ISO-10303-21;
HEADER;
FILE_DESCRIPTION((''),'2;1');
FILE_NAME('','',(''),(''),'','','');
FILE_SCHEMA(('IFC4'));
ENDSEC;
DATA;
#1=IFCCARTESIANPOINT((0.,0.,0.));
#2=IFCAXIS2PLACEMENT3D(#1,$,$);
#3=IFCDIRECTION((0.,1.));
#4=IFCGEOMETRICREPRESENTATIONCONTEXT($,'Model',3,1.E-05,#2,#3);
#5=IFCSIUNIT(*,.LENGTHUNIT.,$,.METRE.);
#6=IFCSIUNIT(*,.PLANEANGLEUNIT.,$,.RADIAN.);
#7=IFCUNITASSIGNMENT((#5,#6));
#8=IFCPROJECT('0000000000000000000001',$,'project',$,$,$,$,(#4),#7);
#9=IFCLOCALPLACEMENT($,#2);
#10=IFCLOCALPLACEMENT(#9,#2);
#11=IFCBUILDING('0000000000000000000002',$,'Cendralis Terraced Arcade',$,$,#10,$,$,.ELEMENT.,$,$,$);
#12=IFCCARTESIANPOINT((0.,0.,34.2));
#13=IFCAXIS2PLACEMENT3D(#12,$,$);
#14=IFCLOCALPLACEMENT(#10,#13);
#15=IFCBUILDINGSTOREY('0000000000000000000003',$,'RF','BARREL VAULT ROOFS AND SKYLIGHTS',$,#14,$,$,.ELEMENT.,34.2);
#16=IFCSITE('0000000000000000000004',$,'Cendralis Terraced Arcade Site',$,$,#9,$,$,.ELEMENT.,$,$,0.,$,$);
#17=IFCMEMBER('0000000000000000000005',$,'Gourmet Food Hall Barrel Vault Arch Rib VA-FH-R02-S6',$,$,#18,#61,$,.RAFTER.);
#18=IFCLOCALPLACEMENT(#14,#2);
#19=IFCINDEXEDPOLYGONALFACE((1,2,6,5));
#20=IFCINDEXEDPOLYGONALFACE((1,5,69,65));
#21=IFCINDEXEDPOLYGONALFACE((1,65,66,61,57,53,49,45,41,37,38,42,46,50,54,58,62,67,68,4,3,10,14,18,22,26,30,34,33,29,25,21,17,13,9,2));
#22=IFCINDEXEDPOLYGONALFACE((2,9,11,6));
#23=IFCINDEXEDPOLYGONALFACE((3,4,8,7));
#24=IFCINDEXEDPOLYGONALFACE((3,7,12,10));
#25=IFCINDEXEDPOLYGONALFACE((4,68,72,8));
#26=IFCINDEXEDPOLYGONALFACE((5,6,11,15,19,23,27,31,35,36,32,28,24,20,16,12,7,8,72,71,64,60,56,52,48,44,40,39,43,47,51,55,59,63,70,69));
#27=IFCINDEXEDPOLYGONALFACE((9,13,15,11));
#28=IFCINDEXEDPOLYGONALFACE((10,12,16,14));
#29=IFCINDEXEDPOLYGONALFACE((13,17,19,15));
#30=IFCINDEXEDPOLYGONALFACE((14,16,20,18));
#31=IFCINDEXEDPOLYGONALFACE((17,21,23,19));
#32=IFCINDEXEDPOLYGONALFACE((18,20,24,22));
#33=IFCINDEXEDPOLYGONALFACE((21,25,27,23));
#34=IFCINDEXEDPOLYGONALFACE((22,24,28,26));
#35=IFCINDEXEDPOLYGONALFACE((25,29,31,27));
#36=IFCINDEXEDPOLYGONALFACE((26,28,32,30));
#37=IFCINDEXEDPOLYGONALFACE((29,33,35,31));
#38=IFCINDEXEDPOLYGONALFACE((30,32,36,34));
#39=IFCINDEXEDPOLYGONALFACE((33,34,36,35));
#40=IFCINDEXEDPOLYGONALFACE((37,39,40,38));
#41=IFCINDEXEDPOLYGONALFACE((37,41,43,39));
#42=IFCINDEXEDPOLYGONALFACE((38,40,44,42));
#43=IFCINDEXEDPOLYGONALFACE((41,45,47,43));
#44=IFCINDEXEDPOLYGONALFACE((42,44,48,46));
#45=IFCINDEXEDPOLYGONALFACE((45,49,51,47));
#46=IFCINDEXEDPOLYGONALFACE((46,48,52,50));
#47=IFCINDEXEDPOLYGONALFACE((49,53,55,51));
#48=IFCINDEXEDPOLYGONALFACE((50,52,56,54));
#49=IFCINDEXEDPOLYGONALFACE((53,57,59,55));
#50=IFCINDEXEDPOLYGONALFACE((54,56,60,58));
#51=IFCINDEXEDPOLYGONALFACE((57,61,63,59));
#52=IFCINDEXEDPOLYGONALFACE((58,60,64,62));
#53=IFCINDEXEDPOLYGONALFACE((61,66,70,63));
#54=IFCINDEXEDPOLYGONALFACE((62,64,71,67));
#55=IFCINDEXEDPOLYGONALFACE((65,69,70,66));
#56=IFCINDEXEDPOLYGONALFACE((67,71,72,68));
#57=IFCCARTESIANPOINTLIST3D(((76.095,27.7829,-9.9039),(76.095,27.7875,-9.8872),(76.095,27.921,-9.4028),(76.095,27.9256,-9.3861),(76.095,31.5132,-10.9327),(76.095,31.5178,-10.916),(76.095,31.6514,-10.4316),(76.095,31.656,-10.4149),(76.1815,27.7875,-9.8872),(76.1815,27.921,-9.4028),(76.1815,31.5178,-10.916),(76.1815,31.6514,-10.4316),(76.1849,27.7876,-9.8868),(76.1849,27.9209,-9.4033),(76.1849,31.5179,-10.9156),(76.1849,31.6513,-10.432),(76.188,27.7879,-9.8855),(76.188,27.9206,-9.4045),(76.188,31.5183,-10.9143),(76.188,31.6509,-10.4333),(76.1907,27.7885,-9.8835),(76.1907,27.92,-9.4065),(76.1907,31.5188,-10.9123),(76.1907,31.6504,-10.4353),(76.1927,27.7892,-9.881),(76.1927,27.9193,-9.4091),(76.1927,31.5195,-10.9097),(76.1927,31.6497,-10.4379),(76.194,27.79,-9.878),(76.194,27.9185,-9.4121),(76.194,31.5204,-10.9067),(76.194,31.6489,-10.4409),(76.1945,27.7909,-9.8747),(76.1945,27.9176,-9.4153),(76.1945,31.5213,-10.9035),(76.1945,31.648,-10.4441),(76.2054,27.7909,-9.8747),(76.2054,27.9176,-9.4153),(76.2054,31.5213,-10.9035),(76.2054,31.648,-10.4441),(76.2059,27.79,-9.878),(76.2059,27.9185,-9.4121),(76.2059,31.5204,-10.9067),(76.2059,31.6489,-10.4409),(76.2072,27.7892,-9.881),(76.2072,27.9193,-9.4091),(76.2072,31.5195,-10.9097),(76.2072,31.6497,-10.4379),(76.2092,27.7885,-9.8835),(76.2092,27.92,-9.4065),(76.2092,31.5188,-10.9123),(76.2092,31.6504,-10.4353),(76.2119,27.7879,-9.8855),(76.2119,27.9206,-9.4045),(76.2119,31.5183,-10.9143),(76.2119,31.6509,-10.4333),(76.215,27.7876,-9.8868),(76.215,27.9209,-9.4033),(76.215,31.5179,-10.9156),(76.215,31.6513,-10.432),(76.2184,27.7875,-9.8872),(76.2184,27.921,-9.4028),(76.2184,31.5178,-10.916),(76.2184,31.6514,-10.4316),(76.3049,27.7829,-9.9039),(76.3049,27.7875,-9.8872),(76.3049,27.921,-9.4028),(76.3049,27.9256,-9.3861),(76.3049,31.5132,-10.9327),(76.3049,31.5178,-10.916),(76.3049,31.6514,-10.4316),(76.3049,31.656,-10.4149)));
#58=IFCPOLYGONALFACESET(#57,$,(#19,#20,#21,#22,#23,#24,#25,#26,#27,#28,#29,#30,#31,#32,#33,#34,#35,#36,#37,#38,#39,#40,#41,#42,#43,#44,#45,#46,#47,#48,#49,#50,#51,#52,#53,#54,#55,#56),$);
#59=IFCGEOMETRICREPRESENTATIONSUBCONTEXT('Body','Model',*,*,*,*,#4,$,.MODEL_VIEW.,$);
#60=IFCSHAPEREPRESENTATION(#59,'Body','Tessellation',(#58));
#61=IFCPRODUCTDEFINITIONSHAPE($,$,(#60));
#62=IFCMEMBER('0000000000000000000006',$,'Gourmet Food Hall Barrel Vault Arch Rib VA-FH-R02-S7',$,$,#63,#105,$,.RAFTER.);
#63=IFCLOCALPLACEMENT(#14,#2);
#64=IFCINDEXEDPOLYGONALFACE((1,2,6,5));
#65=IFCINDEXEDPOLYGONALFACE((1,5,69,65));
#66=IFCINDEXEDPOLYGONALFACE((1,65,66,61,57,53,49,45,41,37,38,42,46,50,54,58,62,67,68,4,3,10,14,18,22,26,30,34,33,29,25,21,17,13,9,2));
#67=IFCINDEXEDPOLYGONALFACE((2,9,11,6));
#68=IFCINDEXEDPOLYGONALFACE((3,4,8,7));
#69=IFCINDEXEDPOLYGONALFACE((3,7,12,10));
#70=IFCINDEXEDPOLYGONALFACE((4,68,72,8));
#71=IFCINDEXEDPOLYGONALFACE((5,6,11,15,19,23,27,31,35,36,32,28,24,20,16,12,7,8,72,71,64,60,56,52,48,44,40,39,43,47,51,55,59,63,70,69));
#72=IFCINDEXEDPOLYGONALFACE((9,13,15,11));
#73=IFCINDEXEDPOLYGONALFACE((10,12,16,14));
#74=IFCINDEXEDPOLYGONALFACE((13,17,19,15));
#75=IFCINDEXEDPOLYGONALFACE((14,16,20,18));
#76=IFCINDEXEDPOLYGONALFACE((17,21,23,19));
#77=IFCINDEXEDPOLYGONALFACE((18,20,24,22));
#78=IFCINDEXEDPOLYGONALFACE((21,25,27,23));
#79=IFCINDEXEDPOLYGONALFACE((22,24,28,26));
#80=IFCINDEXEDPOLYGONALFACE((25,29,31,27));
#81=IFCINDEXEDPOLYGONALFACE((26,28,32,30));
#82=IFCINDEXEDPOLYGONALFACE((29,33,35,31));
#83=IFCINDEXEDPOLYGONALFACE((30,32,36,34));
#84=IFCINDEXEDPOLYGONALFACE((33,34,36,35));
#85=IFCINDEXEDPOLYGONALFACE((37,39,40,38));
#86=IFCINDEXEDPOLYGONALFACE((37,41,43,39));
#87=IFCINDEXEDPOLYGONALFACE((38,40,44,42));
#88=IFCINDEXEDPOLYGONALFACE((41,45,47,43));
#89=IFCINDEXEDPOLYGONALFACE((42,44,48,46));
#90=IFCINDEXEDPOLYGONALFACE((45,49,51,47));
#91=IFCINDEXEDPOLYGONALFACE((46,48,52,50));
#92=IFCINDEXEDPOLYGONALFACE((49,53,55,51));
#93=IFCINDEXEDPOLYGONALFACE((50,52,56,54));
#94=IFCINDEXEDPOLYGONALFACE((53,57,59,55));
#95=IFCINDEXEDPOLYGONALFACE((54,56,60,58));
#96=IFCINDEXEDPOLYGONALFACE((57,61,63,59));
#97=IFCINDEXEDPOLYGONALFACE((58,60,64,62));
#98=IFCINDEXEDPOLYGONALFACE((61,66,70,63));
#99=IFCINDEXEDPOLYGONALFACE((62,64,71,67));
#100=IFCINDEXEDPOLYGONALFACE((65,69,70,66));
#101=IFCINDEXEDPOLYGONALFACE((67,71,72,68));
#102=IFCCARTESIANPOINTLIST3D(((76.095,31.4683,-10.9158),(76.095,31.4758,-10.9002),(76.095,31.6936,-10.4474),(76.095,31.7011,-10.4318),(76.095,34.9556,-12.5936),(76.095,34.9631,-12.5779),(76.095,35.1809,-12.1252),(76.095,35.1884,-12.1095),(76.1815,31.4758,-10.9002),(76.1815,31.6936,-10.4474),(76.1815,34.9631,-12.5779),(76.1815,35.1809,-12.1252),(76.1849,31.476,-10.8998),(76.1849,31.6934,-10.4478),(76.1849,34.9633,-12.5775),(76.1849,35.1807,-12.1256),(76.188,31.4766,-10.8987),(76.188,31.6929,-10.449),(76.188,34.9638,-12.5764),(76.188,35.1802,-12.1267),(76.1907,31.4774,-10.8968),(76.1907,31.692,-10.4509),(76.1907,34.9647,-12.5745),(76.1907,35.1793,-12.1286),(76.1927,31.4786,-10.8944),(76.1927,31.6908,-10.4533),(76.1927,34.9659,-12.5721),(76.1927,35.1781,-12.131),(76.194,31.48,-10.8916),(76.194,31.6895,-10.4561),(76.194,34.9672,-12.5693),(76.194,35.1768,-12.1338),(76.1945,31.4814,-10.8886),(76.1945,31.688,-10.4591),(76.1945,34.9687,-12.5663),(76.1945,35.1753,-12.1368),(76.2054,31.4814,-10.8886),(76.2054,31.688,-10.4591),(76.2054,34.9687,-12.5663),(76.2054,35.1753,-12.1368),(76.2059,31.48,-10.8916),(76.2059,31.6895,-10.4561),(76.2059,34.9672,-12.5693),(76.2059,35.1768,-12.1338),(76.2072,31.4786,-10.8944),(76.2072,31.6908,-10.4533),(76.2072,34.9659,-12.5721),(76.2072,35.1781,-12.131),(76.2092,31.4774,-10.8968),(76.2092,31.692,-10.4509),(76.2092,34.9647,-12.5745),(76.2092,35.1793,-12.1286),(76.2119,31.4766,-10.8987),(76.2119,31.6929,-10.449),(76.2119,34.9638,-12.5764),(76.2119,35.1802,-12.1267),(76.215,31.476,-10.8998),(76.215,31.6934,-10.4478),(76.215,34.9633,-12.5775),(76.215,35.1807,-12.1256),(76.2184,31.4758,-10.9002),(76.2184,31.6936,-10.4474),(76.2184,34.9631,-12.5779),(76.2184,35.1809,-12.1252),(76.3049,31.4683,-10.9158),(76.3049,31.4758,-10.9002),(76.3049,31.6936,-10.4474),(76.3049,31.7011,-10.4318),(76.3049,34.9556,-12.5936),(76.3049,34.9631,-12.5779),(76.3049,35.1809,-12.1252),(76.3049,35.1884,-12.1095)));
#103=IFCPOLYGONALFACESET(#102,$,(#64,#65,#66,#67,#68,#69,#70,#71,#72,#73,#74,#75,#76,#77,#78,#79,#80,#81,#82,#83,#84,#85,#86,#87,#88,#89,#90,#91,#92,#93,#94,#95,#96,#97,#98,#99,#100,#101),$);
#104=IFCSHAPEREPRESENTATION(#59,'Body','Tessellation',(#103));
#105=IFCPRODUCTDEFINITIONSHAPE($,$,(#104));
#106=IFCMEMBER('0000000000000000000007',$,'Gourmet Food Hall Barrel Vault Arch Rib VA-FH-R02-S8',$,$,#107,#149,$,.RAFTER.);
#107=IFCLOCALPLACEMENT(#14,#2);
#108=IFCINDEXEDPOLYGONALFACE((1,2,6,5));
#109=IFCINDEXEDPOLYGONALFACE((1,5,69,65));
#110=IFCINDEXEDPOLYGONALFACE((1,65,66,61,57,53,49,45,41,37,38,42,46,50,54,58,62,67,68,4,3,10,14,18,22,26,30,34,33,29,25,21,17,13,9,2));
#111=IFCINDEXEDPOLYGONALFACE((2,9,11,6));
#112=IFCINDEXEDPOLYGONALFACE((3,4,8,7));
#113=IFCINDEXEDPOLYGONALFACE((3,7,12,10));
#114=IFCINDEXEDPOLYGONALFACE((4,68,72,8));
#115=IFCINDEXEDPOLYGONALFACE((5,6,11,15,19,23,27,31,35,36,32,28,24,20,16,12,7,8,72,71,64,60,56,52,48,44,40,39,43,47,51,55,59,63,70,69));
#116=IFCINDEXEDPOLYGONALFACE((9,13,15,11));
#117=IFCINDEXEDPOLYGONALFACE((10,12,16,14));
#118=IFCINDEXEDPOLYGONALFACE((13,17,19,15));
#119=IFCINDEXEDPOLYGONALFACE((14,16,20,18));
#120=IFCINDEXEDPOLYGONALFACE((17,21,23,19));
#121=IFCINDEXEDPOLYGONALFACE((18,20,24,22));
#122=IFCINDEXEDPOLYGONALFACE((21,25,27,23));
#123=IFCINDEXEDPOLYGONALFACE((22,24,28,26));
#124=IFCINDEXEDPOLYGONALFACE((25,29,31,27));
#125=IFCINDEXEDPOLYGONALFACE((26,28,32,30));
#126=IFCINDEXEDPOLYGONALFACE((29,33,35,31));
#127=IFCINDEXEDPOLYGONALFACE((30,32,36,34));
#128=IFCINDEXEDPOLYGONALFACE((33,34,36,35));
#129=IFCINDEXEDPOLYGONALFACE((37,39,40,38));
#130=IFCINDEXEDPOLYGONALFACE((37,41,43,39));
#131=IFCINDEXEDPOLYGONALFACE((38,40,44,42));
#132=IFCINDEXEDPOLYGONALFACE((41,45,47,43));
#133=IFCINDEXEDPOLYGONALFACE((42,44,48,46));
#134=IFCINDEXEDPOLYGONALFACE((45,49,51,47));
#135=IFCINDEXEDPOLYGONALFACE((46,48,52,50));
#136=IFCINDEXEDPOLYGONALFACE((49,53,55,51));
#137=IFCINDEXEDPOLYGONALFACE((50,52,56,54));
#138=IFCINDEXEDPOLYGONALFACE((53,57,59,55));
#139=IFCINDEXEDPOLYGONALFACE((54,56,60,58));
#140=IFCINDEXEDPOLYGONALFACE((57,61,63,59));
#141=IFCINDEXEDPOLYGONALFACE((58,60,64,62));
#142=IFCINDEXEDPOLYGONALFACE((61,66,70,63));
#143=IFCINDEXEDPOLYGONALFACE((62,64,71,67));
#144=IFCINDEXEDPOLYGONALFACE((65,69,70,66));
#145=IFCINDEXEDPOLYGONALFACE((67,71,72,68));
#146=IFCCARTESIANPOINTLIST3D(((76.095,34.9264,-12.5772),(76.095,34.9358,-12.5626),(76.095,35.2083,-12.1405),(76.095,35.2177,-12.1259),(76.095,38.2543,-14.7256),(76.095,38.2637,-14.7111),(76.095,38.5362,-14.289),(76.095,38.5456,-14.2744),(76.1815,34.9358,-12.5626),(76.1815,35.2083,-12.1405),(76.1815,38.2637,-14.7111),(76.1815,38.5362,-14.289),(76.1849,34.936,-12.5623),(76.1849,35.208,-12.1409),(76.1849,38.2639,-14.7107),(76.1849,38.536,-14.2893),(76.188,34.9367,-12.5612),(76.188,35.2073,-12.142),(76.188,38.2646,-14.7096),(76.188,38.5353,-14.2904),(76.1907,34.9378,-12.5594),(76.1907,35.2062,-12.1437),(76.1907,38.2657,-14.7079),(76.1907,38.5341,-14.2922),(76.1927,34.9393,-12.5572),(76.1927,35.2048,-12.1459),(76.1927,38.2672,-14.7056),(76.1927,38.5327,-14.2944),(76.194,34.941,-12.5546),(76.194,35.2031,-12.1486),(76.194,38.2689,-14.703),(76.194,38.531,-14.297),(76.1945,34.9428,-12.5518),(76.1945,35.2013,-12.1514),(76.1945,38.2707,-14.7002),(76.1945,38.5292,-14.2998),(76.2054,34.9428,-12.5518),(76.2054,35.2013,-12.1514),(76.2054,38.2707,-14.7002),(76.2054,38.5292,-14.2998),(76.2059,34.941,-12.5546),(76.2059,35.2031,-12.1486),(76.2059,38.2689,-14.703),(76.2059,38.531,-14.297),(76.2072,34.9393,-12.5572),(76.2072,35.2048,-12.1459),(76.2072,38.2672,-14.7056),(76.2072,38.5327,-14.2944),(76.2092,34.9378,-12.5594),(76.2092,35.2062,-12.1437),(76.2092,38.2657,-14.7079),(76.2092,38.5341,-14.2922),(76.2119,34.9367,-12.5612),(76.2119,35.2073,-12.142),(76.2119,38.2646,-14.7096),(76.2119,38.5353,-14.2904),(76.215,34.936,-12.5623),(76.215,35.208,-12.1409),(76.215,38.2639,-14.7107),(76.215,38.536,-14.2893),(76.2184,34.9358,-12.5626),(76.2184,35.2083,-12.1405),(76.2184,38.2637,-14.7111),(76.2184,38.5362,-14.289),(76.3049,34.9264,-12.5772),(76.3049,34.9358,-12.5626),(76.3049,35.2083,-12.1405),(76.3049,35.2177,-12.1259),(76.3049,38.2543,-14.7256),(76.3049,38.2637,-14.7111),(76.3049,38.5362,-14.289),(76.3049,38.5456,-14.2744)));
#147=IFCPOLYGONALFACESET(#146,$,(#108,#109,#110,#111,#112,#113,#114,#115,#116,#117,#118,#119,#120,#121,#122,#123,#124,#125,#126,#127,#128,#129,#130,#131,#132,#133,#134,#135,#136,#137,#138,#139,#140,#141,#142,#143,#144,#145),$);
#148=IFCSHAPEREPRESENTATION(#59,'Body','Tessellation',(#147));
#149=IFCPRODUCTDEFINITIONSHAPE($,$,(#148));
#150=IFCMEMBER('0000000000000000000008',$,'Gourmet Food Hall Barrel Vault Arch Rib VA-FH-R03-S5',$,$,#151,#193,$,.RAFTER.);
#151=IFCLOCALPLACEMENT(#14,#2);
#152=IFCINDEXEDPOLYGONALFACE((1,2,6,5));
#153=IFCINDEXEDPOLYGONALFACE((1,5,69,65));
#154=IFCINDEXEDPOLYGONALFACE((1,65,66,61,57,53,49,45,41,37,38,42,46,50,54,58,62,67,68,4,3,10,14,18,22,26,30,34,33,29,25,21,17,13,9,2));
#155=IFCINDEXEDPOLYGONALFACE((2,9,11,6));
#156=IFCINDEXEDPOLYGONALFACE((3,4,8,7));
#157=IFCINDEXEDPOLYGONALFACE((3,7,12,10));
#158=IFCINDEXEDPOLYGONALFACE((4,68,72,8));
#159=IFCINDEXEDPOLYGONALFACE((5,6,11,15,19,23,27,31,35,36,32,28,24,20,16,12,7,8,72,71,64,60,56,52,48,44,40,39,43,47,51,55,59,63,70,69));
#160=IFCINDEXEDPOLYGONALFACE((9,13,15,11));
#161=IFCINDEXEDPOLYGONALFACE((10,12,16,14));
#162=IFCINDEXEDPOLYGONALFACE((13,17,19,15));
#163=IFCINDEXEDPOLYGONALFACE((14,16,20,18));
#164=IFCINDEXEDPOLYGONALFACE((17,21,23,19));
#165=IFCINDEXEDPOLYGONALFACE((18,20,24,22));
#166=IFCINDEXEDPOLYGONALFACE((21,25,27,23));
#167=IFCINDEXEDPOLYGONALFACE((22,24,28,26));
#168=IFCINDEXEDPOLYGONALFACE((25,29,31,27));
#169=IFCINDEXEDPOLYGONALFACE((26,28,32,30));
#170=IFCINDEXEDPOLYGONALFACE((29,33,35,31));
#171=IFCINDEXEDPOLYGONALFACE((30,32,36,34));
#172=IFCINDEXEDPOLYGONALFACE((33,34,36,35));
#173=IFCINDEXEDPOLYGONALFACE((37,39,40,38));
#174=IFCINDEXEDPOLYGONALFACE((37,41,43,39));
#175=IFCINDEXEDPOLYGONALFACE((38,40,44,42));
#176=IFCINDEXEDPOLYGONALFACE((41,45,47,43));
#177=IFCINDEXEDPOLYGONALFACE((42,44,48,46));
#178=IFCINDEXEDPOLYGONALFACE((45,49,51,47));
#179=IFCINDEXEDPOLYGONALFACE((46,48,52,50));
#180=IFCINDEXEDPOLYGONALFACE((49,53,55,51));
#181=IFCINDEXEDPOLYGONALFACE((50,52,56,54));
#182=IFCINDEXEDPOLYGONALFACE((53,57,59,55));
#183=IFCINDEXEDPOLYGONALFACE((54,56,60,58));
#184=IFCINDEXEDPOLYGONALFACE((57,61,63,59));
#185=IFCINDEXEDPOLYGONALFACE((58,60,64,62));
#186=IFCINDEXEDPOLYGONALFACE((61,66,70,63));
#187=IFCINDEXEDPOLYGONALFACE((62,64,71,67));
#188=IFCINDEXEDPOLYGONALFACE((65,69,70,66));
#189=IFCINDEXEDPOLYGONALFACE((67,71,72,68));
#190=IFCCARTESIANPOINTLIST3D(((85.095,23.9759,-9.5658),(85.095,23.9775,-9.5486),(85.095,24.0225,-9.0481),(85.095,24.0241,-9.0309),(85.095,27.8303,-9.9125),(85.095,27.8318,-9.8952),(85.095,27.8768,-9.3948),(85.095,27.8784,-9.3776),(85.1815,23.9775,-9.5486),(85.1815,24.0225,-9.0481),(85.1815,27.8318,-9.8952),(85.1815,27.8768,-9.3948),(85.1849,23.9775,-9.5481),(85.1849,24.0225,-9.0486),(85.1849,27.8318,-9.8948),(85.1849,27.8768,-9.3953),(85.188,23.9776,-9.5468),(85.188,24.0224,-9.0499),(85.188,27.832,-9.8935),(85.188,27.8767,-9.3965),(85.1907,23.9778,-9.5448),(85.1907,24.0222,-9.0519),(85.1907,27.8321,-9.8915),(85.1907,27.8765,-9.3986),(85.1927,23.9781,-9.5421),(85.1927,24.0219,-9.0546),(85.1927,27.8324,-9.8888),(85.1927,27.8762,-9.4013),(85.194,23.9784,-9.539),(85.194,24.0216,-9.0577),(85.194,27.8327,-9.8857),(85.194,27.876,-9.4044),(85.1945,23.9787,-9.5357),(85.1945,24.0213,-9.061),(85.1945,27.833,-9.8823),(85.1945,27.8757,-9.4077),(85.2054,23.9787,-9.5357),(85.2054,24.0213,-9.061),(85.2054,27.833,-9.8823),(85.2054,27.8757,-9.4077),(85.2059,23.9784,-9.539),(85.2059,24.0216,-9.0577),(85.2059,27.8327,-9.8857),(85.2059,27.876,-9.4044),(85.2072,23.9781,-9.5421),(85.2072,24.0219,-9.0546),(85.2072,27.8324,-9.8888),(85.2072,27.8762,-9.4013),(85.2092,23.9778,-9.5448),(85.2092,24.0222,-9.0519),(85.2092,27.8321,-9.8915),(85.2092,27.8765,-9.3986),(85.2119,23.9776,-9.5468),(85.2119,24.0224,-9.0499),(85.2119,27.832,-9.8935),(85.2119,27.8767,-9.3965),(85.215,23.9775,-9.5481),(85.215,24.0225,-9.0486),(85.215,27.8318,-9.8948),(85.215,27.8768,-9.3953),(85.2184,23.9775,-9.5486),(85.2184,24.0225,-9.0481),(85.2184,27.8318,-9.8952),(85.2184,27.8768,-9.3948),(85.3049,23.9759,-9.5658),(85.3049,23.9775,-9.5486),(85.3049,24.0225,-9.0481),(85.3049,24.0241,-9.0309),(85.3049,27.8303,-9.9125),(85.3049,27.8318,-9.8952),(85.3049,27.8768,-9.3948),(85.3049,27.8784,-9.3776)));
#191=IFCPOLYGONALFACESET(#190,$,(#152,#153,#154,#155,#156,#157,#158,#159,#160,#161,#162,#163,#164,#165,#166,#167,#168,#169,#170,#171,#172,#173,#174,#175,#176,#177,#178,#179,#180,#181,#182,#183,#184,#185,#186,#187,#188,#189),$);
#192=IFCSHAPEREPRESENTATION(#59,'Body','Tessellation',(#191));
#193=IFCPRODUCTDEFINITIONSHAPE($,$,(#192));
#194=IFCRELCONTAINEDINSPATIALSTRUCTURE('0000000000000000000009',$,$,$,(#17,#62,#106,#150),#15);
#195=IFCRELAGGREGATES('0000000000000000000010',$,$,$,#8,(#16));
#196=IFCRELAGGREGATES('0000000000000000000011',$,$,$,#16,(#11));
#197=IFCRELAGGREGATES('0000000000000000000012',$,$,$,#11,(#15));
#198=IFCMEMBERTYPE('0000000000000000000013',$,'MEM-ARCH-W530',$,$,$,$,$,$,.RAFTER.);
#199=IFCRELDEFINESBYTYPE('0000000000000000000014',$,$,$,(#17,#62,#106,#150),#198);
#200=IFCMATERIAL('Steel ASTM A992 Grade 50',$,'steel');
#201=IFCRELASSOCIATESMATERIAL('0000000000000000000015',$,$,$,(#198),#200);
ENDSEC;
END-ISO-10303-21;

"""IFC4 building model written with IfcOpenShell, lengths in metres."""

from ifc_helpers import new_model, si_unit, direction, frame, origin, origin_2d, place, context, subcontext, project, spatial, i_section, extrude, material, material_profile, profile_set, type_object, element, save


model = new_model("IFC4")

# Units and contexts
model_context = context("Model", 3, precision=1e-05, world=origin(), true_north=direction((0.0, 1.0)))
body_context = subcontext(model_context, "Body", "Model", "MODEL_VIEW")
ifc_project = project(units=[si_unit("LENGTHUNIT", "METRE"), si_unit("PLANEANGLEUNIT", "RADIAN")], contexts=[model_context])

# Site, building, storey
site_placement = place(None, origin())
site = spatial("IfcSite", under=ifc_project, at=site_placement, Name="Cendralis Terraced Arcade Site", CompositionType="ELEMENT", RefElevation=0.0)
building_placement = place(site_placement, origin())
building = spatial("IfcBuilding", under=site, at=building_placement, Name="Cendralis Terraced Arcade", CompositionType="ELEMENT")
storey_placement = place(building_placement, frame((0.0, 0.0, 34.2)))
storey = spatial("IfcBuildingStorey", under=building, at=storey_placement, Name="RF", Description="BARREL VAULT ROOFS AND SKYLIGHTS", CompositionType="ELEMENT", Elevation=34.2)

# Members
ifc_material_1 = material(Name="Steel ASTM A992 Grade 50", Category="steel")
ifc_material_profile_1 = material_profile(ifc_material_1, i_section(OverallWidth=0.21, OverallDepth=0.5371, WebThickness=0.011, FlangeThickness=0.0173, FilletRadius=0.0129, at=origin_2d()), Name="W530X101", Category="LoadBearing")
ifc_profile_set_1 = profile_set([ifc_material_profile_1], Name="Steel ASTM A992 Grade 50")
member_type_1 = type_object("IfcMemberType", Name="MEM-ARCH-W530", PredefinedType="RAFTER", material=ifc_profile_set_1)
member_1_placement = place(storey_placement, frame((76.2, 27.8542, -9.645), z_axis=(0.0, 0.964012, -0.26586), x_axis=(-1.0, 0.0, 0.0)))
element("IfcMember", 1, at=member_1_placement, inside=storey, type_object=member_type_1, Name="Gourmet Food Hall Barrel Vault Arch Rib VA-FH-R02-S6", PredefinedType="RAFTER", context=body_context, shape_type="SweptSolid", body=[
    extrude(i_section(OverallWidth=0.21, OverallDepth=0.5371, WebThickness=0.011, FlangeThickness=0.0173, FilletRadius=0.0129, at=origin_2d()), origin(), (0.0, 0.0, 1.0), 3.8696),
])
member_2_placement = place(storey_placement, frame((76.2, 31.5847, -10.6738), z_axis=(0.0, 0.901137, -0.433535), x_axis=(-1.0, 0.0, 0.0)))
element("IfcMember", 2, at=member_2_placement, inside=storey, type_object=member_type_1, Name="Gourmet Food Hall Barrel Vault Arch Rib VA-FH-R02-S7", PredefinedType="RAFTER", context=body_context, shape_type="SweptSolid", body=[
    extrude(i_section(OverallWidth=0.21, OverallDepth=0.5371, WebThickness=0.011, FlangeThickness=0.0173, FilletRadius=0.0129, at=origin_2d()), origin(), (0.0, 0.0, 1.0), 3.8699),
])
member_3_placement = place(storey_placement, frame((76.2, 35.072, -12.3516), z_axis=(0.0, 0.840134, -0.54238), x_axis=(-1.0, 0.0, 0.0)))
element("IfcMember", 3, at=member_3_placement, inside=storey, type_object=member_type_1, Name="Gourmet Food Hall Barrel Vault Arch Rib VA-FH-R02-S8", PredefinedType="RAFTER", context=body_context, shape_type="SweptSolid", body=[
    extrude(i_section(OverallWidth=0.21, OverallDepth=0.5371, WebThickness=0.011, FlangeThickness=0.0173, FilletRadius=0.0129, at=origin_2d()), origin(), (0.0, 0.0, 1.0), 3.9612),
])
member_4_placement = place(storey_placement, frame((85.2, 24.0, -9.2983), z_axis=(0.0, 0.995979, -0.089586), x_axis=(-1.0, 0.0, 0.0)))
element("IfcMember", 4, at=member_4_placement, inside=storey, type_object=member_type_1, Name="Gourmet Food Hall Barrel Vault Arch Rib VA-FH-R03-S5", PredefinedType="RAFTER", context=body_context, shape_type="SweptSolid", body=[
    extrude(i_section(OverallWidth=0.21, OverallDepth=0.5371, WebThickness=0.011, FlangeThickness=0.0173, FilletRadius=0.0129, at=origin_2d()), origin(), (0.0, 0.0, 1.0), 3.8699),
])

save(model, "model.ifc")
